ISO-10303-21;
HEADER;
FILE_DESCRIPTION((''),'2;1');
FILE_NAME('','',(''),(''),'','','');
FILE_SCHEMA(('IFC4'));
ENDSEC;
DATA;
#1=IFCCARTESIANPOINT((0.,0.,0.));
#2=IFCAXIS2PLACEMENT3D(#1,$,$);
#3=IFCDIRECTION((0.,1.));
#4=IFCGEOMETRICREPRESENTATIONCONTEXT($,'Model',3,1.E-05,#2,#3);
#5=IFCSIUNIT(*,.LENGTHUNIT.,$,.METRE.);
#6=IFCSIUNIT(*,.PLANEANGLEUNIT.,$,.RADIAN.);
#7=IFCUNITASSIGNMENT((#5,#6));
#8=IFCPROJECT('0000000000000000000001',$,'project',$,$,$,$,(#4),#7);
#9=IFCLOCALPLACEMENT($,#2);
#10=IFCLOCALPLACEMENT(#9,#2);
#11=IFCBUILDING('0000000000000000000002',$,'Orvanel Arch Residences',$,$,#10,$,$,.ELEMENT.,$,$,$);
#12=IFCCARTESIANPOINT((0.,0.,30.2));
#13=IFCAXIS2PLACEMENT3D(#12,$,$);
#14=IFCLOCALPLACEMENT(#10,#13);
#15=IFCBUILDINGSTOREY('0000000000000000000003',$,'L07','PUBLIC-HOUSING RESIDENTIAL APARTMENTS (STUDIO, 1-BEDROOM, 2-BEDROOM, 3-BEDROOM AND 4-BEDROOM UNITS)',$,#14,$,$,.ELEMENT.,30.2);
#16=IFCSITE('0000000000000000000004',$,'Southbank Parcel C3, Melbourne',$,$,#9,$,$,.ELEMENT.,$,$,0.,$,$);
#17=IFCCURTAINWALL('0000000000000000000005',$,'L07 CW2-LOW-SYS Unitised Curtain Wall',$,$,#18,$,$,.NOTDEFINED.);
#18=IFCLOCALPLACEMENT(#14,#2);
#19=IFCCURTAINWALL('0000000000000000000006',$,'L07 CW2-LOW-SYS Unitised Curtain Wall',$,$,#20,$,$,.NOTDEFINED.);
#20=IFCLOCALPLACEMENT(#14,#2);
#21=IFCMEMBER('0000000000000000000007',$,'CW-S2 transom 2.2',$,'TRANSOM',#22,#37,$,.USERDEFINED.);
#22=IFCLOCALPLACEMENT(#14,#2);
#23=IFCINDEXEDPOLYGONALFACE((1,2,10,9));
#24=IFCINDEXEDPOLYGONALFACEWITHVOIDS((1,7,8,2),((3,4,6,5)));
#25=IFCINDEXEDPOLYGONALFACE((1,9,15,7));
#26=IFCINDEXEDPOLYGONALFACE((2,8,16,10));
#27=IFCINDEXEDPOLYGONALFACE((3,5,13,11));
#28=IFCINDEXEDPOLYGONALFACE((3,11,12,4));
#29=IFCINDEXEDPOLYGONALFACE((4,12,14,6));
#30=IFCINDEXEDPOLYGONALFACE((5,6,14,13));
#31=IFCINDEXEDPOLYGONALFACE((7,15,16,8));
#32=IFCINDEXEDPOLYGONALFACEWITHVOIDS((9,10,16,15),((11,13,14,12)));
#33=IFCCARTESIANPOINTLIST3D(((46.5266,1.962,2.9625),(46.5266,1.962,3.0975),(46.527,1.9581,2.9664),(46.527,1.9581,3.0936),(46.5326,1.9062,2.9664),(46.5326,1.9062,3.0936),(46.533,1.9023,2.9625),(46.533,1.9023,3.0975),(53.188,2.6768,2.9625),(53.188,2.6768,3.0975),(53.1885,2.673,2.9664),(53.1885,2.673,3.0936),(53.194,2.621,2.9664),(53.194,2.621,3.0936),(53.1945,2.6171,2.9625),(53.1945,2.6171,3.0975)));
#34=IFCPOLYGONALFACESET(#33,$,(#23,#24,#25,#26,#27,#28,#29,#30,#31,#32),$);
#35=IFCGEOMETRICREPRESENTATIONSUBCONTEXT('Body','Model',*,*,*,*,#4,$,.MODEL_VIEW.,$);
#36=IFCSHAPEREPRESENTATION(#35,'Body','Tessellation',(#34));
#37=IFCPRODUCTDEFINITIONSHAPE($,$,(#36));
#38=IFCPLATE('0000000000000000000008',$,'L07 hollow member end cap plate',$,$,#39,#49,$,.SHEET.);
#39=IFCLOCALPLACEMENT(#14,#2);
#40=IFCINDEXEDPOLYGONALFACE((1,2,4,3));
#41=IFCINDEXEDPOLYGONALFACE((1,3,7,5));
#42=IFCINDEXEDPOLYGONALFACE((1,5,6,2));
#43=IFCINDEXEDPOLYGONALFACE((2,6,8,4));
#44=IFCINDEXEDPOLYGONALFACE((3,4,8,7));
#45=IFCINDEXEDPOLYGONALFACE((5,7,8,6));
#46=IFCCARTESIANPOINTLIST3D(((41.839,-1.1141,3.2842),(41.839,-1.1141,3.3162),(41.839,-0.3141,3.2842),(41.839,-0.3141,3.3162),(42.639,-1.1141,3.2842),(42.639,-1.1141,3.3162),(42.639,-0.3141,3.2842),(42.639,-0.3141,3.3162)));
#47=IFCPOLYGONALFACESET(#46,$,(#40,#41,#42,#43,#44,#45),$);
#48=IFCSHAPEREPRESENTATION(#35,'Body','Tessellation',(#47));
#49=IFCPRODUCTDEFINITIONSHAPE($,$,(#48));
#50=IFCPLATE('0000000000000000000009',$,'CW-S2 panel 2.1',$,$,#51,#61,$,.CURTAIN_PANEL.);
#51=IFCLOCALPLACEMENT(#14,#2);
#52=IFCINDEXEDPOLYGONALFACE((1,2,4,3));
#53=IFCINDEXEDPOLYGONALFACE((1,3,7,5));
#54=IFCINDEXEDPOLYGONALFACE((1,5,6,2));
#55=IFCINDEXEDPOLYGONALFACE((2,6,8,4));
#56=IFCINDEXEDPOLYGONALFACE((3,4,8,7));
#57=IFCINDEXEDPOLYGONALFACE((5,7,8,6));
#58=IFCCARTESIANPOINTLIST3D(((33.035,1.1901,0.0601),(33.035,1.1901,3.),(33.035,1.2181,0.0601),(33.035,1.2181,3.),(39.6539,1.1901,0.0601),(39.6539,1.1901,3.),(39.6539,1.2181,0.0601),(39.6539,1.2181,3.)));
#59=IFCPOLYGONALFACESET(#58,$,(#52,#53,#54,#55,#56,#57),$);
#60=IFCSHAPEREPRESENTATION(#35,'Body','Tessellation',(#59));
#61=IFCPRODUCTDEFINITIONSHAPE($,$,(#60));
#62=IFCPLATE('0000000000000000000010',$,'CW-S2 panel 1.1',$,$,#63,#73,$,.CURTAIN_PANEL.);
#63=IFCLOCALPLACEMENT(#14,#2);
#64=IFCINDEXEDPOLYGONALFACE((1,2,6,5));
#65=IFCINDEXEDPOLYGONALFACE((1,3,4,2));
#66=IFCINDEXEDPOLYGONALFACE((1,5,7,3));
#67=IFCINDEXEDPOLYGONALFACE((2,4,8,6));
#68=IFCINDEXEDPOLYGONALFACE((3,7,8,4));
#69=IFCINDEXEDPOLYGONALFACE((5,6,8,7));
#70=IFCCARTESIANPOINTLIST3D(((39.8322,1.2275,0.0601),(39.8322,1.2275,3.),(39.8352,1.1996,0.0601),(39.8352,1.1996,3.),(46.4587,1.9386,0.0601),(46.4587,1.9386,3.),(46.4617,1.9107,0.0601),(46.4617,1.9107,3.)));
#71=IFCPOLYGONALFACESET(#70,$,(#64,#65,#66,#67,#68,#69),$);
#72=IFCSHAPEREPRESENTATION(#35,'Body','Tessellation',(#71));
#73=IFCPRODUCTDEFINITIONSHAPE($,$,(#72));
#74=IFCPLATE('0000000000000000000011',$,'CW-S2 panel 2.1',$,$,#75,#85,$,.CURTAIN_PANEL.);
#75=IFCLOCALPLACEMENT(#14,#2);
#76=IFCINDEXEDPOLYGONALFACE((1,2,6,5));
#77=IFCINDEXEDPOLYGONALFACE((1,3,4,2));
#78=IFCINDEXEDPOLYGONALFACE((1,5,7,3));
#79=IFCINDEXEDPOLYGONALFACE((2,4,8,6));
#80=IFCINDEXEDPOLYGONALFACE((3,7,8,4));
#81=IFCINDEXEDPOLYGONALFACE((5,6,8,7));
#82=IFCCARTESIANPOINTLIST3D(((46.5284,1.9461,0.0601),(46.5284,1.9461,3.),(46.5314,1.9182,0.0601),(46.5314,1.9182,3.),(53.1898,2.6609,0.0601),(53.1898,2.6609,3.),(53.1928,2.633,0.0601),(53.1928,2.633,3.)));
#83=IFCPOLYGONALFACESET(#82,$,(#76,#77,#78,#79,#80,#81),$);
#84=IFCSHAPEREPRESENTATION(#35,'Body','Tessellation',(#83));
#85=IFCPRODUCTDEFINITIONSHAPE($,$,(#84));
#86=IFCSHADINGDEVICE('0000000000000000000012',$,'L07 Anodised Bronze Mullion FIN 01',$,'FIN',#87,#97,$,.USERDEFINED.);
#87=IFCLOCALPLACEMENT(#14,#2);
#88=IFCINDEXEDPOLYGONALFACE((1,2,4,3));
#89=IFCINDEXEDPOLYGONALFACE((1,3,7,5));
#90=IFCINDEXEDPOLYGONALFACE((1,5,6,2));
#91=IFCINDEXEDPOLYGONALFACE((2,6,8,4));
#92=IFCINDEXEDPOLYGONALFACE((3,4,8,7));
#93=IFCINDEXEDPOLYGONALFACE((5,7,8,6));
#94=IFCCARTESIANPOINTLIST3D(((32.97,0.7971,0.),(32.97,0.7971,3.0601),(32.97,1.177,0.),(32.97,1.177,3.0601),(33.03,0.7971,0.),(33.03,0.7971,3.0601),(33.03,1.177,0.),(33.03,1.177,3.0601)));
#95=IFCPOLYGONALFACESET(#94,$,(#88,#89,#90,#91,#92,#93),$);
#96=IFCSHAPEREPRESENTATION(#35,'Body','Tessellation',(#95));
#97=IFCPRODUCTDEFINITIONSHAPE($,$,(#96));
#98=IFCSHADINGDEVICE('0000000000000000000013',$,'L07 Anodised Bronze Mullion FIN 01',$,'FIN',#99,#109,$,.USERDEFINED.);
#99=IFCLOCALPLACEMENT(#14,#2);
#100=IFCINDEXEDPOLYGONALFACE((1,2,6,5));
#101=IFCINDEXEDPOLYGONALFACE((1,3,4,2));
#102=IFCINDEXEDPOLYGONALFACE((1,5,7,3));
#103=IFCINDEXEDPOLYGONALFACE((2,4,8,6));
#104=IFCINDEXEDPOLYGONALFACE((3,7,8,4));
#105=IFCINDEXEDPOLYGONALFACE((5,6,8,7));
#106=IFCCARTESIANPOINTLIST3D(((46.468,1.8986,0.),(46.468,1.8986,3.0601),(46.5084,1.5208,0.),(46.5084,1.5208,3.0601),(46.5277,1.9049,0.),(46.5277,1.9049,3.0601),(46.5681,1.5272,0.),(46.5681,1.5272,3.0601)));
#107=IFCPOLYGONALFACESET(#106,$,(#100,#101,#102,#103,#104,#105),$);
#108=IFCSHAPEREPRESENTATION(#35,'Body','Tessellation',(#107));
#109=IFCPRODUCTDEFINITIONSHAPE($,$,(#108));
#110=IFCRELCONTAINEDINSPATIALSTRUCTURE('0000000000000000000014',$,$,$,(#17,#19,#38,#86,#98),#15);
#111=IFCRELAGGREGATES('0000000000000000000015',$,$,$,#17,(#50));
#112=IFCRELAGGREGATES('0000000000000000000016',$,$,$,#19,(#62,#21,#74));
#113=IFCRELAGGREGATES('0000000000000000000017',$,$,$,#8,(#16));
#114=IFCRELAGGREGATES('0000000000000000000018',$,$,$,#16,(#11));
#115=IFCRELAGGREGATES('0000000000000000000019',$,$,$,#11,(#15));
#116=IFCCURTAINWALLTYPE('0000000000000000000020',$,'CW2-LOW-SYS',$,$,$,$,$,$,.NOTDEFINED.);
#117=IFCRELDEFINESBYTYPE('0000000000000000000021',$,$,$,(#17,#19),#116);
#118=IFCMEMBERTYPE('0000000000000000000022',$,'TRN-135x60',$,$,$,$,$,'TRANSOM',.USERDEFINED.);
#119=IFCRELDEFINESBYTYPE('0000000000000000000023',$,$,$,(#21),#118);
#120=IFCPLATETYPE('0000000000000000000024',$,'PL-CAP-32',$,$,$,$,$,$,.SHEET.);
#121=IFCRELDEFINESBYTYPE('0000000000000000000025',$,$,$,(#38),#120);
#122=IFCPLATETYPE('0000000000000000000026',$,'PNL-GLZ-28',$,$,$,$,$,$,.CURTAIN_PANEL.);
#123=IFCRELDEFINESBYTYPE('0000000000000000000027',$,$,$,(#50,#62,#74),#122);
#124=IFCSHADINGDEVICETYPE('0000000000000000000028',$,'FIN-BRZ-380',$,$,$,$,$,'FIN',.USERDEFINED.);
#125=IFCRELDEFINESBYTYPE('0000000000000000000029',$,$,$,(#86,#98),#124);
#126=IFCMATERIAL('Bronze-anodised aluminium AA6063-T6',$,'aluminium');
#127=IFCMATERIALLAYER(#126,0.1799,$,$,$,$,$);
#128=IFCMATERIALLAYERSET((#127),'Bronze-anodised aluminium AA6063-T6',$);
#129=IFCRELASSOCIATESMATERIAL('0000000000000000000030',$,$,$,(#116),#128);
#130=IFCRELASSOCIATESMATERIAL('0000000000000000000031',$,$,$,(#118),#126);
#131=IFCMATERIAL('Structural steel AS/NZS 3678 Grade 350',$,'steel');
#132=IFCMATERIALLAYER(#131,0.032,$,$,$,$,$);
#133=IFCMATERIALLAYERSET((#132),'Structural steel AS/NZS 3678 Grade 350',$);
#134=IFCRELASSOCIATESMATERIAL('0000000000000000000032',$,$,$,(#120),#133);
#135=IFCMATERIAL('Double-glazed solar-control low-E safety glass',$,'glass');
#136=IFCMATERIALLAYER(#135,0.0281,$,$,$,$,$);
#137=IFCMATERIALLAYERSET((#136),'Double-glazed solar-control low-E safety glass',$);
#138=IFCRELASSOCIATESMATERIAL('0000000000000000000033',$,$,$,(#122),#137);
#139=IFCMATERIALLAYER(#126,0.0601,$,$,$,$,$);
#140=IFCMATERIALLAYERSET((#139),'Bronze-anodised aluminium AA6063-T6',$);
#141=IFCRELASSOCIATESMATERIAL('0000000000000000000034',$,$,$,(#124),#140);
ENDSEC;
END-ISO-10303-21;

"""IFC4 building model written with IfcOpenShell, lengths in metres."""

from ifc_helpers import new_model, si_unit, direction, frame, origin, origin_2d, place, context, subcontext, project, spatial, rectangle, hollow_rectangle, extrude, material, layer, layer_set, material_profile, profile_set, type_object, element, aggregate, save


model = new_model("IFC4")

# Units and contexts
model_context = context("Model", 3, precision=1e-05, world=origin(), true_north=direction((0.0, 1.0)))
body_context = subcontext(model_context, "Body", "Model", "MODEL_VIEW")
ifc_project = project(units=[si_unit("LENGTHUNIT", "METRE"), si_unit("PLANEANGLEUNIT", "RADIAN")], contexts=[model_context])

# Site, building, storey
site_placement = place(None, origin())
site = spatial("IfcSite", under=ifc_project, at=site_placement, Name="Southbank Parcel C3, Melbourne", CompositionType="ELEMENT", RefElevation=0.0)
building_placement = place(site_placement, origin())
building = spatial("IfcBuilding", under=site, at=building_placement, Name="Orvanel Arch Residences", CompositionType="ELEMENT")
storey_placement = place(building_placement, frame((0.0, 0.0, 30.2)))
storey = spatial("IfcBuildingStorey", under=building, at=storey_placement, Name="L07", Description="PUBLIC-HOUSING RESIDENTIAL APARTMENTS (STUDIO, 1-BEDROOM, 2-BEDROOM, 3-BEDROOM AND 4-BEDROOM UNITS)", CompositionType="ELEMENT", Elevation=30.2)

# Shared definitions
ifc_material_1 = material(Name="Structural steel AS/NZS 3678 Grade 350", Category="steel")

# Curtain walls
ifc_material_2 = material(Name="Bronze-anodised aluminium AA6063-T6", Category="aluminium")
ifc_layer_1 = layer(ifc_material_2, 0.1799)
ifc_layer_set_1 = layer_set([ifc_layer_1], Name="Bronze-anodised aluminium AA6063-T6")
curtain_wall_type = type_object("IfcCurtainWallType", Name="CW2-LOW-SYS", PredefinedType="NOTDEFINED", material=ifc_layer_set_1)
curtain_wall_1_placement = place(storey_placement, origin())
curtain_wall_1 = element("IfcCurtainWall", 1, at=curtain_wall_1_placement, inside=storey, type_object=curtain_wall_type, Name="L07 CW2-LOW-SYS Unitised Curtain Wall", PredefinedType="NOTDEFINED")
curtain_wall_2_placement = place(storey_placement, origin())
curtain_wall_2 = element("IfcCurtainWall", 2, at=curtain_wall_2_placement, inside=storey, type_object=curtain_wall_type, Name="L07 CW2-LOW-SYS Unitised Curtain Wall", PredefinedType="NOTDEFINED")

# Member
ifc_material_profile_1 = material_profile(ifc_material_2, hollow_rectangle(XDim=0.0601, YDim=0.135, WallThickness=0.0039, at=origin_2d()), Name="ALU135x60x4")
ifc_profile_set_1 = profile_set([ifc_material_profile_1], Name="Bronze-anodised aluminium AA6063-T6")
member_type_1 = type_object("IfcMemberType", Name="TRN-135x60", ElementType="TRANSOM", PredefinedType="USERDEFINED", material=ifc_profile_set_1)
member_1_placement = place(storey_placement, frame((46.5298, 1.9321, 3.03), z_axis=(0.994291, 0.106699, 0.0), x_axis=(-0.106699, 0.994291, 0.0)))
member_1 = element("IfcMember", 3, at=member_1_placement, type_object=member_type_1, Name="CW-S2 transom 2.2", ObjectType="TRANSOM", PredefinedType="USERDEFINED", context=body_context, shape_type="SweptSolid", body=[
    extrude(hollow_rectangle(XDim=0.0601, YDim=0.135, WallThickness=0.0039, at=origin_2d()), origin(), (0.0, 0.0, 1.0), 6.6997),
])

# Plates
ifc_layer_2 = layer(ifc_material_1, 0.032)
ifc_layer_set_2 = layer_set([ifc_layer_2], Name="Structural steel AS/NZS 3678 Grade 350")
plate_type_1 = type_object("IfcPlateType", Name="PL-CAP-32", PredefinedType="SHEET", material=ifc_layer_set_2)
plate_1_placement = place(storey_placement, frame((42.239, -0.7141, 3.2842), z_axis=(0.0, 0.0, 1.0), x_axis=(1.0, 0.0, 0.0)))
element("IfcPlate", 4, at=plate_1_placement, inside=storey, type_object=plate_type_1, Name="L07 hollow member end cap plate", PredefinedType="SHEET", context=body_context, shape_type="SweptSolid", body=[
    extrude(rectangle(XDim=0.8, YDim=0.8, at=origin_2d()), origin(), (0.0, 0.0, 1.0), 0.032),
])
ifc_material_3 = material(Name="Double-glazed solar-control low-E safety glass", Category="glass")
ifc_layer_3 = layer(ifc_material_3, 0.0281)
ifc_layer_set_3 = layer_set([ifc_layer_3], Name="Double-glazed solar-control low-E safety glass")
plate_type_2 = type_object("IfcPlateType", Name="PNL-GLZ-28", PredefinedType="CURTAIN_PANEL", material=ifc_layer_set_3)
plate_2_placement = place(storey_placement, frame((36.3445, 1.2041, 0.0601), z_axis=(0.0, 0.0, 1.0), x_axis=(1.0, 0.0, 0.0)))
plate_2 = element("IfcPlate", 5, at=plate_2_placement, type_object=plate_type_2, Name="CW-S2 panel 2.1", PredefinedType="CURTAIN_PANEL", context=body_context, shape_type="SweptSolid", body=[
    extrude(rectangle(XDim=6.6189, YDim=0.0281, at=origin_2d()), origin(), (0.0, 0.0, 1.0), 2.9399),
])
aggregate(curtain_wall_1, [plate_2])
plate_3_placement = place(storey_placement, frame((43.147, 1.5691, 0.0601), z_axis=(0.0, 0.0, 1.0), x_axis=(0.994291, 0.106702, 0.0)))
plate_3 = element("IfcPlate", 6, at=plate_3_placement, type_object=plate_type_2, Name="CW-S2 panel 1.1", PredefinedType="CURTAIN_PANEL", context=body_context, shape_type="SweptSolid", body=[
    extrude(rectangle(XDim=6.6646, YDim=0.0281, at=origin_2d()), origin(), (0.0, 0.0, 1.0), 2.9399),
])
plate_4_placement = place(storey_placement, frame((49.8606, 2.2896, 0.0601), z_axis=(0.0, 0.0, 1.0), x_axis=(0.994291, 0.106702, 0.0)))
plate_4 = element("IfcPlate", 7, at=plate_4_placement, type_object=plate_type_2, Name="CW-S2 panel 2.1", PredefinedType="CURTAIN_PANEL", context=body_context, shape_type="SweptSolid", body=[
    extrude(rectangle(XDim=6.6997, YDim=0.0281, at=origin_2d()), origin(), (0.0, 0.0, 1.0), 2.9399),
])
aggregate(curtain_wall_2, [plate_3, member_1, plate_4])

# Shading devices
ifc_layer_4 = layer(ifc_material_2, 0.0601)
ifc_layer_set_4 = layer_set([ifc_layer_4], Name="Bronze-anodised aluminium AA6063-T6")
shading_device_type = type_object("IfcShadingDeviceType", Name="FIN-BRZ-380", ElementType="FIN", PredefinedType="USERDEFINED", material=ifc_layer_set_4)
for number, where, z_axis, x_axis, name in (
    (8, (33.0, 0.9871, 0.0), (0.0, 0.0, 1.0), (0.0, -1.0, 0.0), "L07 Anodised Bronze Mullion FIN 01"),
    (9, (46.5181, 1.7129, 0.0), (0.0, 0.0, 1.0), (0.106264, -0.994338, 0.0), "L07 Anodised Bronze Mullion FIN 01"),
):
    element("IfcShadingDevice", number, at=place(storey_placement, frame(where, z_axis=z_axis, x_axis=x_axis)), inside=storey, type_object=shading_device_type, Name=name, ObjectType="FIN", PredefinedType="USERDEFINED", context=body_context, shape_type="SweptSolid", body=[
        extrude(rectangle(XDim=0.3799, YDim=0.0601, at=origin_2d()), origin(), (0.0, 0.0, 1.0), 3.0601),
    ])

save(model, "model.ifc")
